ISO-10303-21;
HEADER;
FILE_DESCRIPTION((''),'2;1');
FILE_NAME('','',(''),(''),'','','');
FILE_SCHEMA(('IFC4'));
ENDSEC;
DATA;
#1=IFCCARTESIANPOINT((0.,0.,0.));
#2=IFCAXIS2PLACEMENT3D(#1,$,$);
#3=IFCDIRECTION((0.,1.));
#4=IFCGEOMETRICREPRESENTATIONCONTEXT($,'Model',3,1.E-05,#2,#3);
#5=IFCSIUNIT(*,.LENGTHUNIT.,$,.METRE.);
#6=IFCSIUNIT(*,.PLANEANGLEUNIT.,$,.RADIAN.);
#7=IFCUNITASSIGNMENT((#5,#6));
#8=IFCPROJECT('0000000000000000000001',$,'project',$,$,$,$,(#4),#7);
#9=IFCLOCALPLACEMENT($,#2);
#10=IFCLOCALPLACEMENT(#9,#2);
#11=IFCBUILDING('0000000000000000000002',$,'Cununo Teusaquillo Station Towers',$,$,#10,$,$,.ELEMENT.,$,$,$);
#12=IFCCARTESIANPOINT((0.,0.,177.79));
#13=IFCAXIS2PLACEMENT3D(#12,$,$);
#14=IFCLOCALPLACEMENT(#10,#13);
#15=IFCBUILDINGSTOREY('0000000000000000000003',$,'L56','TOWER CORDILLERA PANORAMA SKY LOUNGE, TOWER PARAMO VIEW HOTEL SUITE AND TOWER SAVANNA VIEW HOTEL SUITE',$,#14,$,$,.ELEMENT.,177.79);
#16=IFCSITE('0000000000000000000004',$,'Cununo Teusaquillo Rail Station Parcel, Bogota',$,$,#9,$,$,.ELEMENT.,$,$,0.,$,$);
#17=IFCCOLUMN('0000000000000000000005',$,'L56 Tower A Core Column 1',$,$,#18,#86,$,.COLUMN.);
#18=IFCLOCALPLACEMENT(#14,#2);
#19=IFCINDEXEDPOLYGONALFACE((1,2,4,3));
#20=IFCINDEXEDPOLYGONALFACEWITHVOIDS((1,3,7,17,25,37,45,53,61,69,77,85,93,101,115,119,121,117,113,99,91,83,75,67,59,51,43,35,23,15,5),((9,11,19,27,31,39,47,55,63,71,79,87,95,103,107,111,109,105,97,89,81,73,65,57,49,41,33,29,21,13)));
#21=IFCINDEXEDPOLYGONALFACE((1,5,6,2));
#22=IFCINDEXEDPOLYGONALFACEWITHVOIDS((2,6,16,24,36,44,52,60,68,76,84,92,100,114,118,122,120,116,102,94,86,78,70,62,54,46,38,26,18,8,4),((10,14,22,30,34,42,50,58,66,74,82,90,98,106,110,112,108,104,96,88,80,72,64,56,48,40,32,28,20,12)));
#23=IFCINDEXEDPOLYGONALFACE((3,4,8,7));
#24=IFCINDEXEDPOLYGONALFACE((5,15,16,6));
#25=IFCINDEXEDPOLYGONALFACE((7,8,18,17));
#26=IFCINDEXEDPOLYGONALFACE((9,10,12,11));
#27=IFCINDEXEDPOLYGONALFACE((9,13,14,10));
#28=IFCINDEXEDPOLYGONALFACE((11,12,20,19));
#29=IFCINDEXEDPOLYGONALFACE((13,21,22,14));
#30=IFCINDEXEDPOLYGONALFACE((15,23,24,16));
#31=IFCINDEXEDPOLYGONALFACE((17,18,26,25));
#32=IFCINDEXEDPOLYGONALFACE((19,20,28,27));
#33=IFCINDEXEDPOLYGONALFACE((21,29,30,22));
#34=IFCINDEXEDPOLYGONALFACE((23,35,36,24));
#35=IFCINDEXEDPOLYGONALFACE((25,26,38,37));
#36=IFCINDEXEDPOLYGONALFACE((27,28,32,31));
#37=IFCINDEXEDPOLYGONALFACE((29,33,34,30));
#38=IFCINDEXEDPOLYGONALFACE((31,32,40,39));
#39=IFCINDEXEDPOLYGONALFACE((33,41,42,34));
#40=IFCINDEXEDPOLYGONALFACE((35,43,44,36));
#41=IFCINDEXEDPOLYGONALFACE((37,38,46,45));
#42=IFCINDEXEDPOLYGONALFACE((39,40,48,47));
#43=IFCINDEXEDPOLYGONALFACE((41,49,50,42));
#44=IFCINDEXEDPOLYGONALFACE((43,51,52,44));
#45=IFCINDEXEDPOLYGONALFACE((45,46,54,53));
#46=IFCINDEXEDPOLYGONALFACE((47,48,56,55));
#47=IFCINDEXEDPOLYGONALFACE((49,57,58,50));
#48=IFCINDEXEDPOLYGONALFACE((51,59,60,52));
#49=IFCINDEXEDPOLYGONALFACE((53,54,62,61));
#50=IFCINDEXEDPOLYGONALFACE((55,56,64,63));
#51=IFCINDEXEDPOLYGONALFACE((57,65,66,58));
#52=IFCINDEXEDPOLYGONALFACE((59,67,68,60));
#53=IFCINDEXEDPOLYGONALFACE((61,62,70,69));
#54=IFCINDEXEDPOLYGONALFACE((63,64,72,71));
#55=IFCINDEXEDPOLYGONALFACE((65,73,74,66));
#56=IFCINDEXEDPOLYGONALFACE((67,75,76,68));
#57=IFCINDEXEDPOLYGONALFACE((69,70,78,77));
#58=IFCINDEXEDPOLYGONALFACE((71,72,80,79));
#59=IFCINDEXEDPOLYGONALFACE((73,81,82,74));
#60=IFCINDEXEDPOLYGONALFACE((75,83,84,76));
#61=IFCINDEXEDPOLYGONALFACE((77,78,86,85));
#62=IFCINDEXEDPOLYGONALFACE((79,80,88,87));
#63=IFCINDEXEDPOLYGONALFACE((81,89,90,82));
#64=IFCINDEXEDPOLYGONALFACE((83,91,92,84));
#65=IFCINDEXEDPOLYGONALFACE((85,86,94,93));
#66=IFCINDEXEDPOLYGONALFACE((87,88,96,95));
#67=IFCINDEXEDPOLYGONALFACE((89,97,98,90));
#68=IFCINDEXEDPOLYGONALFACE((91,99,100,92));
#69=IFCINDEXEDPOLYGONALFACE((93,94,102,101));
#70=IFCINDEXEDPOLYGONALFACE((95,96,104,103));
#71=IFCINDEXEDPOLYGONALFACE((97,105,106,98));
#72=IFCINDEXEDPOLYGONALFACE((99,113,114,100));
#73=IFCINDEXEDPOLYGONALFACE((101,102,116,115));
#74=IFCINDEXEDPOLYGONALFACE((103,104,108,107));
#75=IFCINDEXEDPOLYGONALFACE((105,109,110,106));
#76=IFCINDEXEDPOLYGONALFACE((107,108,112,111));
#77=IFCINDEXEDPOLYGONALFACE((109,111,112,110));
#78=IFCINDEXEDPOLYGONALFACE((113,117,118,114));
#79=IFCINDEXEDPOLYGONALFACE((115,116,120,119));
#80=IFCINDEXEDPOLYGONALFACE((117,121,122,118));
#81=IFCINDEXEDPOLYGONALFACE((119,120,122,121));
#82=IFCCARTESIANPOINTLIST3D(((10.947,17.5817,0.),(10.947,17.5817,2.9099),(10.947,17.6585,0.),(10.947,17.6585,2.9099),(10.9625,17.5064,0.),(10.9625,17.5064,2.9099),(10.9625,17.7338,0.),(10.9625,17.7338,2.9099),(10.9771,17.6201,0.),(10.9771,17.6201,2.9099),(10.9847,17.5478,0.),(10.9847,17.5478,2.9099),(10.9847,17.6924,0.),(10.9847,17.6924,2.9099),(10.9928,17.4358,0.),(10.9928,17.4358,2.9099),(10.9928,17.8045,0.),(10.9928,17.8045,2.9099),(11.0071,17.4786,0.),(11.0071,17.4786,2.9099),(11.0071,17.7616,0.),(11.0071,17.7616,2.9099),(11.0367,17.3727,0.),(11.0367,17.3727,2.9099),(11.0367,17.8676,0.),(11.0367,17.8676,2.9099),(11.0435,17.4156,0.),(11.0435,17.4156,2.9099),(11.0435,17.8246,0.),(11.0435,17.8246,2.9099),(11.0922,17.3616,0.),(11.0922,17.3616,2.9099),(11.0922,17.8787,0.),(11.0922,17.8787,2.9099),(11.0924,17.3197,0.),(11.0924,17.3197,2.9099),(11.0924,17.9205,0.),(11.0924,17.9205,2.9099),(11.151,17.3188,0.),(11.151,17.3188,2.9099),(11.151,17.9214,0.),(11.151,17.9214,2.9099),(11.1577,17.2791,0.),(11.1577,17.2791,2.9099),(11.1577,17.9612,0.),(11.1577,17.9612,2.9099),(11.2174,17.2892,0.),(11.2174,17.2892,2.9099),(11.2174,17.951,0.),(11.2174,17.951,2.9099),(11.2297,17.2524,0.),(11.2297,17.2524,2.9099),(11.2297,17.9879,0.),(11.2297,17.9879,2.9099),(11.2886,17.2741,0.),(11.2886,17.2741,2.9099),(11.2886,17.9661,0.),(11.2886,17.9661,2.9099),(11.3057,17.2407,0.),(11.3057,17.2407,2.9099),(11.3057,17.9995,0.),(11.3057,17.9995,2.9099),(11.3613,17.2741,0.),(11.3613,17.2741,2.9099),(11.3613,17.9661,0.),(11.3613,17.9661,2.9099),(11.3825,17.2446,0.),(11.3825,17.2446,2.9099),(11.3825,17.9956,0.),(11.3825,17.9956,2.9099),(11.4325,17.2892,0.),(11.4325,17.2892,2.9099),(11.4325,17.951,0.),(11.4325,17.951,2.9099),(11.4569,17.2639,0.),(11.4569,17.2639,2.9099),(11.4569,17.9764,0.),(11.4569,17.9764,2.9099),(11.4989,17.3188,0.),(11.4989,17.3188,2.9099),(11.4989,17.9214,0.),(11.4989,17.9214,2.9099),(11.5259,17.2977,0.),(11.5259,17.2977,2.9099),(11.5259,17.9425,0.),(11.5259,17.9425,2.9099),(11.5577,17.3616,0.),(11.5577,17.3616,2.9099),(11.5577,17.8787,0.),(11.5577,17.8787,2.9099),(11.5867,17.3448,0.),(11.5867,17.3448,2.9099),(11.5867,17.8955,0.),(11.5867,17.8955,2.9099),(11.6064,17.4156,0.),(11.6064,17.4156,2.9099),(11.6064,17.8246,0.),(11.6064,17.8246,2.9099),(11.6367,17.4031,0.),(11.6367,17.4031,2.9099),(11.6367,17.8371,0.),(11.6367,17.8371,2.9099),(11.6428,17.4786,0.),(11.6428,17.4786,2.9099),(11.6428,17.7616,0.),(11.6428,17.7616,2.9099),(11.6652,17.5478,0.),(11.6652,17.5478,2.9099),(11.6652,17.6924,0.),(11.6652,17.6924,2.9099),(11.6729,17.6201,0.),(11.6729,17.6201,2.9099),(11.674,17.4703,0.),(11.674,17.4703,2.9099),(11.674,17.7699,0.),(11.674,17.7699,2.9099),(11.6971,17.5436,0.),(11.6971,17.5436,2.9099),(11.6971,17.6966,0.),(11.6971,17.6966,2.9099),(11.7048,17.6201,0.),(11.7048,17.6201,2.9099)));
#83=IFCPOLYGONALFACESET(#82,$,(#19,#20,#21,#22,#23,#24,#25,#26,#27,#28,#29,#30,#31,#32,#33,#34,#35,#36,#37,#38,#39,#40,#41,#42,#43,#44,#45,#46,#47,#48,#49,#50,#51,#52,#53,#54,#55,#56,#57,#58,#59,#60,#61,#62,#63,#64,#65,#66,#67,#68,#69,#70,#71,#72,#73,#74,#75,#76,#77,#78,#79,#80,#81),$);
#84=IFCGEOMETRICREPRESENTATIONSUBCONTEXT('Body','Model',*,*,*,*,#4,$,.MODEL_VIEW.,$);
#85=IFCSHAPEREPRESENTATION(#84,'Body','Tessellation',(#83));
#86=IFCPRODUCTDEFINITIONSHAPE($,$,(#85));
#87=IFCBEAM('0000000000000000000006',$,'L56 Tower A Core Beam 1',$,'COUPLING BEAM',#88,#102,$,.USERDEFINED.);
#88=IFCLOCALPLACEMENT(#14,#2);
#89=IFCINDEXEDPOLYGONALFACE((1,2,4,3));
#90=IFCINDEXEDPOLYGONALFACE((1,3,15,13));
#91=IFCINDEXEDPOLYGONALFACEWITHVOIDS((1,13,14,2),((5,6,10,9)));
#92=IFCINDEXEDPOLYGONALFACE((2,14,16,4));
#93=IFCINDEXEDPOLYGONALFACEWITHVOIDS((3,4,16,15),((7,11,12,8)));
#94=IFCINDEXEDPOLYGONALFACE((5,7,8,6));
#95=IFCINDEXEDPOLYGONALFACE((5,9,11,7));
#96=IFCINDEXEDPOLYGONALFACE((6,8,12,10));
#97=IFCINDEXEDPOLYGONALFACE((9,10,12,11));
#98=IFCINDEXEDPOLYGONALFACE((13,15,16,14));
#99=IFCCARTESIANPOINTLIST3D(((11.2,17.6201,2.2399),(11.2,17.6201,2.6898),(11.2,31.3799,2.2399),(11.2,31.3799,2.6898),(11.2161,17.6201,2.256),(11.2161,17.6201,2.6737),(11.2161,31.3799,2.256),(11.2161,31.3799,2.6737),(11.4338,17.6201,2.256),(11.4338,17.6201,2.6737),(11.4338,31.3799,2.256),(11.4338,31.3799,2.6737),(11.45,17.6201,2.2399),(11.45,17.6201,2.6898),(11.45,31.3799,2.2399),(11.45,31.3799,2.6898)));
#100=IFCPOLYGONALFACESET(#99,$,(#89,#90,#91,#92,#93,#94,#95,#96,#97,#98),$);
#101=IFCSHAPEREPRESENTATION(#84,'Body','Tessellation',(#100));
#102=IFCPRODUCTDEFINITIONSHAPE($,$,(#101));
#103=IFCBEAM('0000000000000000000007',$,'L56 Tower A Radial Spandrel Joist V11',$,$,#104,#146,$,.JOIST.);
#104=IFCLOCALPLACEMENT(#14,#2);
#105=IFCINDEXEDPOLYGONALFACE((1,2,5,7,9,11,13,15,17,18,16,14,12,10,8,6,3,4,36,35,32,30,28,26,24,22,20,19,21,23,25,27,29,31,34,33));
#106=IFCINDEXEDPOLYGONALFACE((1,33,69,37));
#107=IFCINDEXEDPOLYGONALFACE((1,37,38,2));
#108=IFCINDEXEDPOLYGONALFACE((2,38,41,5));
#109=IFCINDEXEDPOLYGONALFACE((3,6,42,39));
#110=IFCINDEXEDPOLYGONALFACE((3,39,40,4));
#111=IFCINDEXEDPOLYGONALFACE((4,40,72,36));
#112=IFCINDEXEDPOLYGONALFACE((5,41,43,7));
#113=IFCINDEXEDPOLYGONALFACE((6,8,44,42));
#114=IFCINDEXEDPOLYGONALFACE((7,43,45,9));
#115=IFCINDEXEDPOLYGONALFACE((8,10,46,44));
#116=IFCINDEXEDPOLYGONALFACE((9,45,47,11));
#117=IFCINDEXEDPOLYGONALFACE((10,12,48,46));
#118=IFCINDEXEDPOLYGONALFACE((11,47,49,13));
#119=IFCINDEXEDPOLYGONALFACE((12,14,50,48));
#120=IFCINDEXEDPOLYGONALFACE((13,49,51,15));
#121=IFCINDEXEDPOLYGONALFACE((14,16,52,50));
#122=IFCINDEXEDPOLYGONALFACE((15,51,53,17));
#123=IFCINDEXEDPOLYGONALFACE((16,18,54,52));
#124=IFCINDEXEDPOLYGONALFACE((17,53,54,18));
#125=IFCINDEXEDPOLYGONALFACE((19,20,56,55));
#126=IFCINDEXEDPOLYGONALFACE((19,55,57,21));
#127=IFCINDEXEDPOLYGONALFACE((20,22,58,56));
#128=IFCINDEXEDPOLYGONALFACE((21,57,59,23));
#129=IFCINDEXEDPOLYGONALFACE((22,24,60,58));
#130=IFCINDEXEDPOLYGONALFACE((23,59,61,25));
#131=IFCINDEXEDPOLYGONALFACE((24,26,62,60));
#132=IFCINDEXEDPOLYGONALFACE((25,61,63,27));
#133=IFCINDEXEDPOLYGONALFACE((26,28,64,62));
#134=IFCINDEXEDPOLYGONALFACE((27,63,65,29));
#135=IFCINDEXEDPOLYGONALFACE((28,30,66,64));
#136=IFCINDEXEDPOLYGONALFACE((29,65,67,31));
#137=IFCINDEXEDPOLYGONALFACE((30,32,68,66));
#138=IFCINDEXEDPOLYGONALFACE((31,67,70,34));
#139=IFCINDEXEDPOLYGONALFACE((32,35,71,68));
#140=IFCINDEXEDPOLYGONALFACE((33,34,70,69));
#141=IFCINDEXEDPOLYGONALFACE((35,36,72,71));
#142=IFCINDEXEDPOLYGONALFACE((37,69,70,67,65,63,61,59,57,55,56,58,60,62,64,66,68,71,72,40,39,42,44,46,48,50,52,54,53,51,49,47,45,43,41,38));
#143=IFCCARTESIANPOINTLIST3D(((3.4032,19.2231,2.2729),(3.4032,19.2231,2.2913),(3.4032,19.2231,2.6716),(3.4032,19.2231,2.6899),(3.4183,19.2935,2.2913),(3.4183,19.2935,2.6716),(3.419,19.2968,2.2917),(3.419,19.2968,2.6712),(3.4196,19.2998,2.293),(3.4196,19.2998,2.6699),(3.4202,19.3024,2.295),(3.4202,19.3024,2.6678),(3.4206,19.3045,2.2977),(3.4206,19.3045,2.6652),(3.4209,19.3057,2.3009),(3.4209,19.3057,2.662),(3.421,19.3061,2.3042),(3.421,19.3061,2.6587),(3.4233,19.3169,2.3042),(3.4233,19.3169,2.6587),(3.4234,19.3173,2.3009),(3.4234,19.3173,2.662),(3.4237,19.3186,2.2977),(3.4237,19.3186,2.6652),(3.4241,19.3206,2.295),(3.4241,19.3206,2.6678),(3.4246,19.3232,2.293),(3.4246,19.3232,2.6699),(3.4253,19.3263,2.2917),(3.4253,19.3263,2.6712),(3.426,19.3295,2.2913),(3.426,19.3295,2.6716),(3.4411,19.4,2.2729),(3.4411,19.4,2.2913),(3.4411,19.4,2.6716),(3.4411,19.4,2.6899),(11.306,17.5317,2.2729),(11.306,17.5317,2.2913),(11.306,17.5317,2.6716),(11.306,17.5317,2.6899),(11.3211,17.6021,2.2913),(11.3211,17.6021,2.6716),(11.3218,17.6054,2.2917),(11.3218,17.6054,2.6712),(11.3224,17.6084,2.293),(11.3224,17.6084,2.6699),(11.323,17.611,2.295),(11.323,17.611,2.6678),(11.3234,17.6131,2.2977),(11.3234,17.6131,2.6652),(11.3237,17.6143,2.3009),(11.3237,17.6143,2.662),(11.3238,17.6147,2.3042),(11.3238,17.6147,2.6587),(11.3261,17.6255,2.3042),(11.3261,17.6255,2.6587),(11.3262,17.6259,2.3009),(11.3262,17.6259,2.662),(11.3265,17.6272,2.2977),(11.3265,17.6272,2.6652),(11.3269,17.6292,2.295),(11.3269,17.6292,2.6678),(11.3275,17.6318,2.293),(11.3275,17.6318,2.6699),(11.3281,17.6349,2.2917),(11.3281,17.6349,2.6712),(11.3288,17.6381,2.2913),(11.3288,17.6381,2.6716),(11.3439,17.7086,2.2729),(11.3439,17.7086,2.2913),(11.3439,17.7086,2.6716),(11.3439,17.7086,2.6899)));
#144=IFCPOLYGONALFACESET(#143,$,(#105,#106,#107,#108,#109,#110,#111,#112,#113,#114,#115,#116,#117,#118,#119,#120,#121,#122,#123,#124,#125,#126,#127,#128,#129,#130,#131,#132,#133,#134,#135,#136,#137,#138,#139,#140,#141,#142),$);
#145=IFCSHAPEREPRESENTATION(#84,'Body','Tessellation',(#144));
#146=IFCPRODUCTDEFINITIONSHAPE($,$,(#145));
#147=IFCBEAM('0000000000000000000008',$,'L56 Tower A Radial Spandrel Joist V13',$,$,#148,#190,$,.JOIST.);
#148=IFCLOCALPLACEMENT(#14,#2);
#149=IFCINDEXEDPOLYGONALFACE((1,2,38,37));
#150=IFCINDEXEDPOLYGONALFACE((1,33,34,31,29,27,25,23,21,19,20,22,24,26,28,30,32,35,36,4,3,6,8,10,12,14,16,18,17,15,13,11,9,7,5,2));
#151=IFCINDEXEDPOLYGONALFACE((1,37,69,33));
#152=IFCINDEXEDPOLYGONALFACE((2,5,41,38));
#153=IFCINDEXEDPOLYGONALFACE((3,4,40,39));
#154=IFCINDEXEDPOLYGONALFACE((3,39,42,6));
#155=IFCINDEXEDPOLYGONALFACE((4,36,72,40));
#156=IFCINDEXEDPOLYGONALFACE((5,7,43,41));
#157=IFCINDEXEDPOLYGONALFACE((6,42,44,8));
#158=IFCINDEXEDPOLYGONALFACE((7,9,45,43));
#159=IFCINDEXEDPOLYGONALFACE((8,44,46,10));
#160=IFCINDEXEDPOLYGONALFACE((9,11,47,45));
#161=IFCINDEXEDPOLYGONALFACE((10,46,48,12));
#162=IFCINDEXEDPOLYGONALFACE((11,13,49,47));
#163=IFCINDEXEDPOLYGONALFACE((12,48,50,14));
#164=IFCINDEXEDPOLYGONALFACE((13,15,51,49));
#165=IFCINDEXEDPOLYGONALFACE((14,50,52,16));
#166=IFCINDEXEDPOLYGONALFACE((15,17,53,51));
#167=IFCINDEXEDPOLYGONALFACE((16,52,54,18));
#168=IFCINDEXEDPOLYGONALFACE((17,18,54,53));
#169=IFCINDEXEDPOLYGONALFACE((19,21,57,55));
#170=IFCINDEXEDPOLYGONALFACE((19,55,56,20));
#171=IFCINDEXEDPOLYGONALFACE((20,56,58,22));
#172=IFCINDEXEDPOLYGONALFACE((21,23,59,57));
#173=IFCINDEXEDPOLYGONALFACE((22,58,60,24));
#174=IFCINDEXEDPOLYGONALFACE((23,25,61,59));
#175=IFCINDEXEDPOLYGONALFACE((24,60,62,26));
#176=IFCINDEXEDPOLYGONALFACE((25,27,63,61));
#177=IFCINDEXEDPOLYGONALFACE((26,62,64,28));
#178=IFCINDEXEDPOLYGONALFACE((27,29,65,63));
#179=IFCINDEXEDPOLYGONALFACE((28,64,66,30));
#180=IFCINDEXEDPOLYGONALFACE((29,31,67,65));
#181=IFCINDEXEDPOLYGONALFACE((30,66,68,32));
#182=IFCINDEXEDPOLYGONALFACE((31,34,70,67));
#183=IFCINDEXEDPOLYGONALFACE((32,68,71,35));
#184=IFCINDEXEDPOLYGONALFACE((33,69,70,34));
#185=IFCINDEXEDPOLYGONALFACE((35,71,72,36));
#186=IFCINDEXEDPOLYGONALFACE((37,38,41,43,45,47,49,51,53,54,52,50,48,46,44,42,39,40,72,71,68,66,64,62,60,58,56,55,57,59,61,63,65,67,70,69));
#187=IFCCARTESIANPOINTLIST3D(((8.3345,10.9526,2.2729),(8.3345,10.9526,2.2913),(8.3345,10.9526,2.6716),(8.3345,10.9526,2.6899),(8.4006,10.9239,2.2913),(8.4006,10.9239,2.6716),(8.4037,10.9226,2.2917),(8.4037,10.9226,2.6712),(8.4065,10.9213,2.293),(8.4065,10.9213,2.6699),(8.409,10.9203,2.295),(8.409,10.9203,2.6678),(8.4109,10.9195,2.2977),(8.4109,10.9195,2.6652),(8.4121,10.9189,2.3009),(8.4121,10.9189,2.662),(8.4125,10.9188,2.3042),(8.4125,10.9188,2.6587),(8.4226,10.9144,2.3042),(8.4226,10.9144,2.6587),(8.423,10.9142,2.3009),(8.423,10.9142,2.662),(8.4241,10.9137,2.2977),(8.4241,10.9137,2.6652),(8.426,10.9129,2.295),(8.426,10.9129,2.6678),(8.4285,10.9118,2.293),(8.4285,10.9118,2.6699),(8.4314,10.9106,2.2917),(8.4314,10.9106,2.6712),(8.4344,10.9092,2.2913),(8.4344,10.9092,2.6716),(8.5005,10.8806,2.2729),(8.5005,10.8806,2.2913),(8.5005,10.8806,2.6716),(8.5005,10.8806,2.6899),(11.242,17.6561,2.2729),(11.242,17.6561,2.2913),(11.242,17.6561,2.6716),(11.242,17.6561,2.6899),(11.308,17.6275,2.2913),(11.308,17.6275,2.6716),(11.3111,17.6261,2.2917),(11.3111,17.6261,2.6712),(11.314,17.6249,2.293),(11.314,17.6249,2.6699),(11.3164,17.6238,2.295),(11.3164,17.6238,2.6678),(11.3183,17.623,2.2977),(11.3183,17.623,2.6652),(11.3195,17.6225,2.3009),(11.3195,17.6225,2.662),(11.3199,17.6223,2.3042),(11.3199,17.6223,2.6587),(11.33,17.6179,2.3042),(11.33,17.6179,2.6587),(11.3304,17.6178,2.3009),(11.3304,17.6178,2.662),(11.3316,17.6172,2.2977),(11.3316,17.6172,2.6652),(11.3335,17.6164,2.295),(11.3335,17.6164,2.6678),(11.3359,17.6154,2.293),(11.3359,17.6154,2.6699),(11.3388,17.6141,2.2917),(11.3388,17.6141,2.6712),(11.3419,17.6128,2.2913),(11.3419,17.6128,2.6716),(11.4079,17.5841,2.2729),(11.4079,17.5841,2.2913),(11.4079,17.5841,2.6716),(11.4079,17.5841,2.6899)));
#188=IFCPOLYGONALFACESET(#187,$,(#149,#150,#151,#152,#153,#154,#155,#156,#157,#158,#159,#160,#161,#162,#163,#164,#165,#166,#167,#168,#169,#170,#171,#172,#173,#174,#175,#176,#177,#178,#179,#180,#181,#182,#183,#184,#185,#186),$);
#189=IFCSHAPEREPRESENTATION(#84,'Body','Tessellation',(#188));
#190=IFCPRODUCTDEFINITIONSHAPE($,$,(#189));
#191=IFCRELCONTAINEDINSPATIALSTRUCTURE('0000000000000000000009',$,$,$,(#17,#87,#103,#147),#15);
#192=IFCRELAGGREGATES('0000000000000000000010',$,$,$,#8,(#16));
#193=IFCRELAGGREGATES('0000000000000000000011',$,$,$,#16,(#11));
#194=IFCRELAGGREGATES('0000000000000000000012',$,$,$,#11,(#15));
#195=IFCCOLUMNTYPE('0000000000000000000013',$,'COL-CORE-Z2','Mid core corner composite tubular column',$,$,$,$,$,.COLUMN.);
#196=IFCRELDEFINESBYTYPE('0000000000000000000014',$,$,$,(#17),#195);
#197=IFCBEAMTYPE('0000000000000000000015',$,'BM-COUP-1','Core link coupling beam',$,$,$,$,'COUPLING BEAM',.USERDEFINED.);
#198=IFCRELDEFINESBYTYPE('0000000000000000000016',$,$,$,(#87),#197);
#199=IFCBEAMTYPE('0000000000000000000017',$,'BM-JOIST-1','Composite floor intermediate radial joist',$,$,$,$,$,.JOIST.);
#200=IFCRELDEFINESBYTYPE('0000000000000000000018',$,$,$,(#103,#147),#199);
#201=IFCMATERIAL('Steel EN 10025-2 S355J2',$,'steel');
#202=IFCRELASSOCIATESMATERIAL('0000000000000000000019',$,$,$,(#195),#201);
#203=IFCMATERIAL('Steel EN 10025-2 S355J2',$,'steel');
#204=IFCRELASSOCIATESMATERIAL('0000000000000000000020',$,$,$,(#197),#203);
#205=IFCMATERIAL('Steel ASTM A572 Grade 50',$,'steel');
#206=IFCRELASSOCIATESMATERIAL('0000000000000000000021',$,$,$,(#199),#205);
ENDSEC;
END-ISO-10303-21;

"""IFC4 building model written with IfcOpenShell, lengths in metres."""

from ifc_helpers import new_model, si_unit, direction, frame, origin, origin_2d, place, context, subcontext, project, spatial, hollow_rectangle, hollow_circle, i_section, extrude, material, material_profile, profile_set, type_object, element, save


model = new_model("IFC4")

# Units and contexts
model_context = context("Model", 3, precision=1e-05, world=origin(), true_north=direction((0.0, 1.0)))
body_context = subcontext(model_context, "Body", "Model", "MODEL_VIEW")
ifc_project = project(units=[si_unit("LENGTHUNIT", "METRE"), si_unit("PLANEANGLEUNIT", "RADIAN")], contexts=[model_context])

# Site, building, storey
site_placement = place(None, origin())
site = spatial("IfcSite", under=ifc_project, at=site_placement, Name="Cununo Teusaquillo Rail Station Parcel, Bogota", CompositionType="ELEMENT", RefElevation=0.0)
building_placement = place(site_placement, origin())
building = spatial("IfcBuilding", under=site, at=building_placement, Name="Cununo Teusaquillo Station Towers", CompositionType="ELEMENT")
storey_placement = place(building_placement, frame((0.0, 0.0, 177.79)))
storey = spatial("IfcBuildingStorey", under=building, at=storey_placement, Name="L56", Description="TOWER CORDILLERA PANORAMA SKY LOUNGE, TOWER PARAMO VIEW HOTEL SUITE AND TOWER SAVANNA VIEW HOTEL SUITE", CompositionType="ELEMENT", Elevation=177.79)

# Column
ifc_material_1 = material(Name="Steel EN 10025-2 S355J2", Category="steel")
ifc_material_profile_1 = material_profile(ifc_material_1, hollow_circle(Radius=0.3799, WallThickness=0.032, at=origin_2d()), Name="CHS 760x32")
ifc_profile_set_1 = profile_set([ifc_material_profile_1], Name="Steel EN 10025-2 S355J2")
column_type = type_object("IfcColumnType", Name="COL-CORE-Z2", Description="Mid core corner composite tubular column", PredefinedType="COLUMN", material=ifc_profile_set_1)
column_placement = place(storey_placement, frame((11.325, 17.6201, 0.0), z_axis=(0.0, 0.0, 1.0), x_axis=(1.0, 0.0, 0.0)))
element("IfcColumn", 1, at=column_placement, inside=storey, type_object=column_type, Name="L56 Tower A Core Column 1", PredefinedType="COLUMN", context=body_context, shape_type="SweptSolid", body=[
    extrude(hollow_circle(Radius=0.3799, WallThickness=0.032, at=origin_2d()), origin(), (0.0, 0.0, 1.0), 2.9099),
])

# Beams
ifc_material_2 = material(Name="Steel EN 10025-2 S355J2", Category="steel")
ifc_material_profile_2 = material_profile(ifc_material_2, hollow_rectangle(XDim=0.25, YDim=0.45, WallThickness=0.0161, at=origin_2d()), Name="RHS 450x250x16")
ifc_profile_set_2 = profile_set([ifc_material_profile_2], Name="Steel EN 10025-2 S355J2")
beam_type_1 = type_object("IfcBeamType", Name="BM-COUP-1", Description="Core link coupling beam", ElementType="COUPLING BEAM", PredefinedType="USERDEFINED", material=ifc_profile_set_2)
beam_1_placement = place(storey_placement, frame((11.325, 17.6201, 2.4648), z_axis=(0.0, 1.0, 0.0), x_axis=(-1.0, 0.0, 0.0)))
element("IfcBeam", 2, at=beam_1_placement, inside=storey, type_object=beam_type_1, Name="L56 Tower A Core Beam 1", ObjectType="COUPLING BEAM", PredefinedType="USERDEFINED", context=body_context, shape_type="SweptSolid", body=[
    extrude(hollow_rectangle(XDim=0.25, YDim=0.45, WallThickness=0.0161, at=origin_2d()), origin(), (0.0, 0.0, 1.0), 13.7598),
])
ifc_material_3 = material(Name="Steel ASTM A572 Grade 50", Category="steel")
ifc_material_profile_3 = material_profile(ifc_material_3, i_section(OverallWidth=0.1809, OverallDepth=0.417, WebThickness=0.011, FlangeThickness=0.0183, FilletRadius=0.0129, at=origin_2d()), Name="W16X57")
ifc_profile_set_3 = profile_set([ifc_material_profile_3], Name="Steel ASTM A572 Grade 50")
beam_type_2 = type_object("IfcBeamType", Name="BM-JOIST-1", Description="Composite floor intermediate radial joist", PredefinedType="JOIST", material=ifc_profile_set_3)
beam_2_placement = place(storey_placement, frame((11.325, 17.6201, 2.4814), z_axis=(-0.977855, 0.209286, 0.0), x_axis=(-0.209286, -0.977855, 0.0)))
element("IfcBeam", 3, at=beam_2_placement, inside=storey, type_object=beam_type_2, Name="L56 Tower A Radial Spandrel Joist V11", PredefinedType="JOIST", context=body_context, shape_type="SweptSolid", body=[
    extrude(i_section(OverallWidth=0.1809, OverallDepth=0.417, WebThickness=0.011, FlangeThickness=0.0183, FilletRadius=0.0129, at=origin_2d()), origin(), (0.0, 0.0, 1.0), 8.0818),
])
beam_3_placement = place(storey_placement, frame((11.325, 17.6201, 2.4814), z_axis=(-0.397904, -0.917427, 0.0), x_axis=(0.917427, -0.397904, 0.0)))
element("IfcBeam", 4, at=beam_3_placement, inside=storey, type_object=beam_type_2, Name="L56 Tower A Radial Spandrel Joist V13", PredefinedType="JOIST", context=body_context, shape_type="SweptSolid", body=[
    extrude(i_section(OverallWidth=0.1809, OverallDepth=0.417, WebThickness=0.011, FlangeThickness=0.0183, FilletRadius=0.0129, at=origin_2d()), origin(), (0.0, 0.0, 1.0), 7.3069),
])

save(model, "model.ifc")
